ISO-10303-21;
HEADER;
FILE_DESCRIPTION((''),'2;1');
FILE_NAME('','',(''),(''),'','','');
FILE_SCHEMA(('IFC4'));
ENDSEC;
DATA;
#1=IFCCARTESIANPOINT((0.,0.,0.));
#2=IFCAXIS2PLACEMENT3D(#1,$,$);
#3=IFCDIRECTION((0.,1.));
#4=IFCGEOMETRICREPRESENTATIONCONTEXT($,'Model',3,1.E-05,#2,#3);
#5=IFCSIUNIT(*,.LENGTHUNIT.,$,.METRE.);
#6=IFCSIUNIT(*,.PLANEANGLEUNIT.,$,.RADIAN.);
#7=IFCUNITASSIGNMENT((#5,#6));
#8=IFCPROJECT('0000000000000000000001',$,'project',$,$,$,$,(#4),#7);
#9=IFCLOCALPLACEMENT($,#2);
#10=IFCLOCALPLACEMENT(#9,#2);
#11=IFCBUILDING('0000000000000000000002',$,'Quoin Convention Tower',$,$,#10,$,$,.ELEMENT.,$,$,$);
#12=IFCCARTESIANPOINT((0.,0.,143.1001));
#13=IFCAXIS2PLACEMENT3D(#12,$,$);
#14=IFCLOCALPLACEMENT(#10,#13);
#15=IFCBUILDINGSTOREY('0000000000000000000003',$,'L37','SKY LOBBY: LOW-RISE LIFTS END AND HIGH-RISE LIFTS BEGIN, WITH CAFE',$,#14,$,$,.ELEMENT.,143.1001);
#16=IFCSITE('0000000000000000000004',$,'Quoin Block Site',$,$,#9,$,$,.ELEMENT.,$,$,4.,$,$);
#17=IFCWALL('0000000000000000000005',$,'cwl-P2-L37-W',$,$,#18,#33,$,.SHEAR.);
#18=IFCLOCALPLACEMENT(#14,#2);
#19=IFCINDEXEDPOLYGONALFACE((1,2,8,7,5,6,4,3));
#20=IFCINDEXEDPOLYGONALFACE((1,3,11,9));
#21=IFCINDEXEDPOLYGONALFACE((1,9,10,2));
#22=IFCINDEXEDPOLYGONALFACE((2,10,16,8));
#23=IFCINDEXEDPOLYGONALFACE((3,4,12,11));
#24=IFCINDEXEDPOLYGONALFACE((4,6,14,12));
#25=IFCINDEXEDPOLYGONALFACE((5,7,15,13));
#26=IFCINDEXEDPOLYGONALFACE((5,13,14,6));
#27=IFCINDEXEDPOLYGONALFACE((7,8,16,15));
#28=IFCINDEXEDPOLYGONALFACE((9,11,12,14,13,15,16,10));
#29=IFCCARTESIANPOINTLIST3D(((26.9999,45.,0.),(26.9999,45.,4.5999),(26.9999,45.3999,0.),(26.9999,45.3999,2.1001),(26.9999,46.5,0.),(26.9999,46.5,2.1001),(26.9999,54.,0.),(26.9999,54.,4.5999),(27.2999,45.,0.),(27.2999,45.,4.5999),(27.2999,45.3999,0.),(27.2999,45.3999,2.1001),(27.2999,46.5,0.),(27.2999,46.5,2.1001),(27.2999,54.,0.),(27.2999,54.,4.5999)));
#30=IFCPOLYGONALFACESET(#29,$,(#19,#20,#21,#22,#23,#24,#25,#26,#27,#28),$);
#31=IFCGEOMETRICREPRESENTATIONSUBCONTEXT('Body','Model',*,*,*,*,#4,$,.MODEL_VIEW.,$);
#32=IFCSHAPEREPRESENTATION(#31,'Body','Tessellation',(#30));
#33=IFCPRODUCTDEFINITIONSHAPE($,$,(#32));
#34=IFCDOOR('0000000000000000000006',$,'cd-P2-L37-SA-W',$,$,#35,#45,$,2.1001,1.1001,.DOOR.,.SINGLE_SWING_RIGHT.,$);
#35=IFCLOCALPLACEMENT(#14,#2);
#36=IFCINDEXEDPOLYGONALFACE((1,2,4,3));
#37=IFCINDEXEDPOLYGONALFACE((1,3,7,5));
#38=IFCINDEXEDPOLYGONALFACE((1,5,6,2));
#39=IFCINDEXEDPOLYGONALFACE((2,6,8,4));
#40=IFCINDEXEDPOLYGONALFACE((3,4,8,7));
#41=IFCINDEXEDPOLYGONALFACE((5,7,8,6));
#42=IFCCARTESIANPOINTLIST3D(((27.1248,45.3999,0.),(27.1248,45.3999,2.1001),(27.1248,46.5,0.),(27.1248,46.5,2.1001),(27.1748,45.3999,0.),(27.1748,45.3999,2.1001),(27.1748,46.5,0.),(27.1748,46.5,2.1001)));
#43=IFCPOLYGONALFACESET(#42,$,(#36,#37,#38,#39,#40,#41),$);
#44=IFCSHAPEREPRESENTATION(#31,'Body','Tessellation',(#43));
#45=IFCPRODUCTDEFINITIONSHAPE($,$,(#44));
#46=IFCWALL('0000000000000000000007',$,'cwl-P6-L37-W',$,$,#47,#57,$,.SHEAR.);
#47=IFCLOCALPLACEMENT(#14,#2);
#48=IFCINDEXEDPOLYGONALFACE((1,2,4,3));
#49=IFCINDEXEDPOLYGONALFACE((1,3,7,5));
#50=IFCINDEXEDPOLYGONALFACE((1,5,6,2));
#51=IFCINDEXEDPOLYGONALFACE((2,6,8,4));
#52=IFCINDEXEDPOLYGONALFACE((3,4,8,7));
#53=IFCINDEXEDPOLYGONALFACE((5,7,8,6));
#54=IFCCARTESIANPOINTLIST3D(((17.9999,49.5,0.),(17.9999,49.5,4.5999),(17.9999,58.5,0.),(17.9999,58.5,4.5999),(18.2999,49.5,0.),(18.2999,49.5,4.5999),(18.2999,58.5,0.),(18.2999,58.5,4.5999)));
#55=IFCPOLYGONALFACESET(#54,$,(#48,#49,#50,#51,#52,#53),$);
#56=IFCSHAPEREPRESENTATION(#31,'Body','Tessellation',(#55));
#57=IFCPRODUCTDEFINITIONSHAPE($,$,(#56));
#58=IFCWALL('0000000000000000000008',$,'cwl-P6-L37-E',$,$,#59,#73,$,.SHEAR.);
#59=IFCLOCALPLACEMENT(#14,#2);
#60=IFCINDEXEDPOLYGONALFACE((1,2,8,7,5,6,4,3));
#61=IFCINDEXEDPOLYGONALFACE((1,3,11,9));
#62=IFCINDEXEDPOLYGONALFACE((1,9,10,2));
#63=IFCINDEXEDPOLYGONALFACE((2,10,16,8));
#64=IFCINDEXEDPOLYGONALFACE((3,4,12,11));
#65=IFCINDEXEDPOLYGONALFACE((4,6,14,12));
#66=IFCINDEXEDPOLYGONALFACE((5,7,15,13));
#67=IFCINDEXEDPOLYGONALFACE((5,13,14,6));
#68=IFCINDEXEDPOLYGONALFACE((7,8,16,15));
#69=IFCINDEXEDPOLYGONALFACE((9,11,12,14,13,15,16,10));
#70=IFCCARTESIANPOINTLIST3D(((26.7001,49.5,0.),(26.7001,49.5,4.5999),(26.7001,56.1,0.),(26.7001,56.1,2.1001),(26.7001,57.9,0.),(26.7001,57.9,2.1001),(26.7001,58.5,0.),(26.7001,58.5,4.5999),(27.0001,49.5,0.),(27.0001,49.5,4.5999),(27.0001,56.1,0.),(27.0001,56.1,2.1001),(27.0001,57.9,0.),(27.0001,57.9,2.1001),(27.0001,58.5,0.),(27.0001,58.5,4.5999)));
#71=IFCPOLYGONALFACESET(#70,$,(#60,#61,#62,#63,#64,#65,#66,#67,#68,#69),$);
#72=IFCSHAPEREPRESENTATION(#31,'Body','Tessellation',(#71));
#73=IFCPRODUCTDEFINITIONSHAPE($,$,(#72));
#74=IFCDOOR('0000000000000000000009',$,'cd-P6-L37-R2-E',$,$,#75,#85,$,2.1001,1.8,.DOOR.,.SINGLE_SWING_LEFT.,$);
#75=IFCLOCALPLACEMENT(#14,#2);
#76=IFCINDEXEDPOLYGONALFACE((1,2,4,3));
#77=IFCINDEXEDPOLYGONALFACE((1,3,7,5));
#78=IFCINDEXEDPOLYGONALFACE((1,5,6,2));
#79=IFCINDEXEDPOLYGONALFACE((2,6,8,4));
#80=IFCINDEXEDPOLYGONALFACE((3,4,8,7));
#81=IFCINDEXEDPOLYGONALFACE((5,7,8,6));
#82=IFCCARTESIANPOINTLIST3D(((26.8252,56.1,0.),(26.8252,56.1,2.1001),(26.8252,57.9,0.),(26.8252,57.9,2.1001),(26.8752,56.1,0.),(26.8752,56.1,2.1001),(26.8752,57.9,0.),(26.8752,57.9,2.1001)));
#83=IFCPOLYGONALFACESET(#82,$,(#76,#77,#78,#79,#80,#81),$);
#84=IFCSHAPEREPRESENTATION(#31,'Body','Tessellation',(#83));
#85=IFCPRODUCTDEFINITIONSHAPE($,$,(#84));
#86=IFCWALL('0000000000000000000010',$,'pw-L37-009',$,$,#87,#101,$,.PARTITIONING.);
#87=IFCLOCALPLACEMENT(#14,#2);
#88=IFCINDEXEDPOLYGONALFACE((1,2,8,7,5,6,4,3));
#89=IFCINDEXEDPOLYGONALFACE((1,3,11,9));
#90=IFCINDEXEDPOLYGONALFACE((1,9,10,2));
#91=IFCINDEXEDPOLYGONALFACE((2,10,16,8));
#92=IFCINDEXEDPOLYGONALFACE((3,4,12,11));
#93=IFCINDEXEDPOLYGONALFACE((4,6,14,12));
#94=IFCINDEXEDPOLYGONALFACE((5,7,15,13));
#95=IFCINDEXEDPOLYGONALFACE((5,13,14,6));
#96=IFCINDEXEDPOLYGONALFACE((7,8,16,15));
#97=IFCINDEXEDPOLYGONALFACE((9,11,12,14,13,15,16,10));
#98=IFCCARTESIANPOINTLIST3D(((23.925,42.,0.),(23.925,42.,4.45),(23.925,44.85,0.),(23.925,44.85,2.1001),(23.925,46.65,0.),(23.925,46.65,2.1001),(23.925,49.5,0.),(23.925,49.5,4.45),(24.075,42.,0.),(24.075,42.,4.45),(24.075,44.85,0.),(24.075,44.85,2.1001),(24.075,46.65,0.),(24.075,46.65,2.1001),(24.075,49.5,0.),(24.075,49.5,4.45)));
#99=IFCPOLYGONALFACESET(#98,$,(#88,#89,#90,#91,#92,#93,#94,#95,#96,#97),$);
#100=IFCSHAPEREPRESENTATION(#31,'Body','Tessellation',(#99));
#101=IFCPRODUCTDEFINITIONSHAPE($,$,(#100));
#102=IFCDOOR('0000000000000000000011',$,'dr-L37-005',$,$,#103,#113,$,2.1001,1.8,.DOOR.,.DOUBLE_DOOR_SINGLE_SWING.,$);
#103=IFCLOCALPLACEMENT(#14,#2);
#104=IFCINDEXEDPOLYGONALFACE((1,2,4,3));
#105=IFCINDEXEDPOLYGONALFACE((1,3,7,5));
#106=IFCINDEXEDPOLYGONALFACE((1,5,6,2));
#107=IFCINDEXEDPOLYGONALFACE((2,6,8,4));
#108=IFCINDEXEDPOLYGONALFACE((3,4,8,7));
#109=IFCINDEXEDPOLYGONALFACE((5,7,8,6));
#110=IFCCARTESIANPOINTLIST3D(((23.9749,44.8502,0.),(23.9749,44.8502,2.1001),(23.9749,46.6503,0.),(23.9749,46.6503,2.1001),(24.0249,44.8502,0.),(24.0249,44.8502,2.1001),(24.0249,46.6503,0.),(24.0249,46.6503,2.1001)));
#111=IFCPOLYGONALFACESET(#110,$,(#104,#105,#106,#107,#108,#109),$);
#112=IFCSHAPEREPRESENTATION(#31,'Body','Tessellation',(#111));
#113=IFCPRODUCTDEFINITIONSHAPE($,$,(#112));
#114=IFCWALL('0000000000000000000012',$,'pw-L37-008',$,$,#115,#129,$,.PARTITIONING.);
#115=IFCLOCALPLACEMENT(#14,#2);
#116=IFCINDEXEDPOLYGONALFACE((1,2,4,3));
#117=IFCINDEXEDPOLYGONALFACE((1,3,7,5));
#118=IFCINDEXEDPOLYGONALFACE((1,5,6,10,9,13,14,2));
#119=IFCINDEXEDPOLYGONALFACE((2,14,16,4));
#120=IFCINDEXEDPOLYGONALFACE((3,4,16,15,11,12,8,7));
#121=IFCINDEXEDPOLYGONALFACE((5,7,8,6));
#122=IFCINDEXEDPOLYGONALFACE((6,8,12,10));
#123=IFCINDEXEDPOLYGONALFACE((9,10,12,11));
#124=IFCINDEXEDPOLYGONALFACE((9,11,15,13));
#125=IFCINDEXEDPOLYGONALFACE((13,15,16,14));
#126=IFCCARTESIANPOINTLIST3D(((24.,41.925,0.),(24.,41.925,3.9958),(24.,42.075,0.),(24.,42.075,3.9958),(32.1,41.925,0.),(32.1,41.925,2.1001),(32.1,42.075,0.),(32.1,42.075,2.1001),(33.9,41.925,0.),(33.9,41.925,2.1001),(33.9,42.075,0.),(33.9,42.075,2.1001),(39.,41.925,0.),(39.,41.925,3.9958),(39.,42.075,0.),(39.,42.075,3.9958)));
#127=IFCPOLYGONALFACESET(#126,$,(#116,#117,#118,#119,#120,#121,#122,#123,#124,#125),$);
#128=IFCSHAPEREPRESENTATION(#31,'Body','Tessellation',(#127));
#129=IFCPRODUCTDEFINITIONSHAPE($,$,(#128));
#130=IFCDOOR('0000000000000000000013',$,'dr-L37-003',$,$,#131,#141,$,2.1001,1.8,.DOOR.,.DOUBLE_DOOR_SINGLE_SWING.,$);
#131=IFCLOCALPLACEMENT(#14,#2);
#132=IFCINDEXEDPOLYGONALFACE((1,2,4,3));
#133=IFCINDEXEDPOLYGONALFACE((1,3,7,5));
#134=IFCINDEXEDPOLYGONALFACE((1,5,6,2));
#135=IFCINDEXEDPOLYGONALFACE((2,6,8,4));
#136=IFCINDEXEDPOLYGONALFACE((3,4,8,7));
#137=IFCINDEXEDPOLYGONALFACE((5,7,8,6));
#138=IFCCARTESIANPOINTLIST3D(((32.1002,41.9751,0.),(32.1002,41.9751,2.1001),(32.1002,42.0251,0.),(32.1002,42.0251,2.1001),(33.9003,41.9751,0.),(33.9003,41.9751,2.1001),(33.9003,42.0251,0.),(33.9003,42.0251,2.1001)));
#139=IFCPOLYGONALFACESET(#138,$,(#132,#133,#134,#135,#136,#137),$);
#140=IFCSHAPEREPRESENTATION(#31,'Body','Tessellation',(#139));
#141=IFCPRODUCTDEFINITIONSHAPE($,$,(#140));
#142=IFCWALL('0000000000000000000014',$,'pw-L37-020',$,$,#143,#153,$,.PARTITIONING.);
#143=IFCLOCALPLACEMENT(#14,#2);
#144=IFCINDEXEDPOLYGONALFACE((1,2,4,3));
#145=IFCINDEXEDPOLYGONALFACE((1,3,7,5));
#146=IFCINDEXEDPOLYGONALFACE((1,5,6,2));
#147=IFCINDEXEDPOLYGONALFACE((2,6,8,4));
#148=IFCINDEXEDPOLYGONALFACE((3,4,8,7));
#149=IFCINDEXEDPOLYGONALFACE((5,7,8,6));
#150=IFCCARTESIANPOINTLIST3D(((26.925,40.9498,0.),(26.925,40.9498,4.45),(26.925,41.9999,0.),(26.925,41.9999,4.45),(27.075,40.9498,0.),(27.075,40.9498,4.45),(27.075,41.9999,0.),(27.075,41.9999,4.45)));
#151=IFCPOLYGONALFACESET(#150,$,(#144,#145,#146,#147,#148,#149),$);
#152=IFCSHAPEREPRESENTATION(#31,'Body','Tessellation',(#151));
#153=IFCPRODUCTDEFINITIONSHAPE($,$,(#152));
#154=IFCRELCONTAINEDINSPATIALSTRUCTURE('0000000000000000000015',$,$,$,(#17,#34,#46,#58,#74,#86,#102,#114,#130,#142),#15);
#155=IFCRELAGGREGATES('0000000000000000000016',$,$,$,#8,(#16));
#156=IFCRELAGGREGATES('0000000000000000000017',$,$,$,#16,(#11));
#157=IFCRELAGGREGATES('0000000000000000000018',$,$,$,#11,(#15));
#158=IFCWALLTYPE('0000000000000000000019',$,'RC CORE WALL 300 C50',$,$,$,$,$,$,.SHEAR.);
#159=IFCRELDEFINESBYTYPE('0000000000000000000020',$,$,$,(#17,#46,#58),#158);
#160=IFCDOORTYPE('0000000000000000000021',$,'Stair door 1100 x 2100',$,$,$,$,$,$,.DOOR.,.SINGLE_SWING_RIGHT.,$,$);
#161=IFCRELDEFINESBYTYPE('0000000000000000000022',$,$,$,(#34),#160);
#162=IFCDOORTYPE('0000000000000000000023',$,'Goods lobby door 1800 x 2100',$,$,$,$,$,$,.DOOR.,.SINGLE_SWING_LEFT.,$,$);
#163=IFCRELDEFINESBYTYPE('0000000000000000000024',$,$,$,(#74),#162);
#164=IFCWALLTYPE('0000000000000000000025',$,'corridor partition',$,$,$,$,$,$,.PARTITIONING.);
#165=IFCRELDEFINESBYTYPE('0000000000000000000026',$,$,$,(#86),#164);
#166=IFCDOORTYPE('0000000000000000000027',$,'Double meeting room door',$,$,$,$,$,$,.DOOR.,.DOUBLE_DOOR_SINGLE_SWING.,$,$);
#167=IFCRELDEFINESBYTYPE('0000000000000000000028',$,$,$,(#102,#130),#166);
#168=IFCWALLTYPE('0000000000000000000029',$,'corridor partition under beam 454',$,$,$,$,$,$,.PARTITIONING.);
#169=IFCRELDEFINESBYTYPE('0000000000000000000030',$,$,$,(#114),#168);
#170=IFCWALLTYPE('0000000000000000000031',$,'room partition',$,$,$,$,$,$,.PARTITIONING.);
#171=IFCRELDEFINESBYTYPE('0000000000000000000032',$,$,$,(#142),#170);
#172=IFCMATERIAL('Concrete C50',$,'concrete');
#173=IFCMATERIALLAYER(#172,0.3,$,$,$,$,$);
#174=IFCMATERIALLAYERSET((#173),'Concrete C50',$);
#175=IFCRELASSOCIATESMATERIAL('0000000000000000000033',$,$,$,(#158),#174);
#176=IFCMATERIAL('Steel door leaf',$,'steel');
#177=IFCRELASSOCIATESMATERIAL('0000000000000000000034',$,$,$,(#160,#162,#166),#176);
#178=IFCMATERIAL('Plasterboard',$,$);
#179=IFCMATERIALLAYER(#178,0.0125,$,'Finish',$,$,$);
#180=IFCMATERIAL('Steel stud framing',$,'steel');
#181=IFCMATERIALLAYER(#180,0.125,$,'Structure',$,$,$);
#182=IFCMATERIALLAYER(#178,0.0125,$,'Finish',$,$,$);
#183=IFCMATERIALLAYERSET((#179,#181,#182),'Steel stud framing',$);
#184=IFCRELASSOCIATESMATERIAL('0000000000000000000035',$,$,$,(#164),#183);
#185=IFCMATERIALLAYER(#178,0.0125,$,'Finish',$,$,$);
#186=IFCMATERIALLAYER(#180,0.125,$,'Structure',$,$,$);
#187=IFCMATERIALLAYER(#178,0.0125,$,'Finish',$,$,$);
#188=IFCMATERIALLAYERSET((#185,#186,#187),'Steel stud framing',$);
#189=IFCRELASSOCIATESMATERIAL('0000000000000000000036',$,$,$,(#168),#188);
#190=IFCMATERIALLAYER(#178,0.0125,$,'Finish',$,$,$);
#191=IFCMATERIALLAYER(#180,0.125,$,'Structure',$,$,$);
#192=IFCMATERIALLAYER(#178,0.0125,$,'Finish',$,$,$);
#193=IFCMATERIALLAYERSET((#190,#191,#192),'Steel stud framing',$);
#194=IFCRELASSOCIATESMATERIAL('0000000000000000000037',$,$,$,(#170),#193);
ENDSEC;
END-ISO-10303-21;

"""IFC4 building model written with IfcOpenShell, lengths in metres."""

from ifc_helpers import new_model, si_unit, direction, frame, frame_2d, origin, place, context, subcontext, project, spatial, rectangle, extrude, material, layer, layer_set, type_object, element, fill, save


model = new_model("IFC4")

# Units and contexts
model_context = context("Model", 3, precision=1e-05, world=origin(), true_north=direction((0.0, 1.0)))
body_context = subcontext(model_context, "Body", "Model", "MODEL_VIEW")
ifc_project = project(units=[si_unit("LENGTHUNIT", "METRE"), si_unit("PLANEANGLEUNIT", "RADIAN")], contexts=[model_context])

# Site, building, storey
site_placement = place(None, origin())
site = spatial("IfcSite", under=ifc_project, at=site_placement, Name="Quoin Block Site", CompositionType="ELEMENT", RefElevation=4.0)
building_placement = place(site_placement, origin())
building = spatial("IfcBuilding", under=site, at=building_placement, Name="Quoin Convention Tower", CompositionType="ELEMENT")
storey_placement = place(building_placement, frame((0.0, 0.0, 143.1001)))
storey = spatial("IfcBuildingStorey", under=building, at=storey_placement, Name="L37", Description="SKY LOBBY: LOW-RISE LIFTS END AND HIGH-RISE LIFTS BEGIN, WITH CAFE", CompositionType="ELEMENT", Elevation=143.1001)

# Shared definitions
ifc_material_1 = material(Name="Concrete C50", Category="concrete")

# Wall, opening, door
ifc_layer_1 = layer(ifc_material_1, 0.3)
ifc_layer_set_1 = layer_set([ifc_layer_1], Name="Concrete C50")
wall_type_1 = type_object("IfcWallType", Name="RC CORE WALL 300 C50", PredefinedType="SHEAR", material=ifc_layer_set_1)
ifc_material_2 = material(Name="Steel door leaf", Category="steel")
wall_1_placement = place(storey_placement, frame((27.1499, 45.0, 0.0), z_axis=(0.0, 0.0, 1.0), x_axis=(0.0, 1.0, 0.0)))
wall_1 = element("IfcWall", 1, at=wall_1_placement, inside=storey, type_object=wall_type_1, Name="cwl-P2-L37-W", PredefinedType="SHEAR", context=body_context, shape_type="SweptSolid", body=[
    extrude(rectangle(XDim=9.0, YDim=0.3, at=frame_2d((4.5, 0.0))), origin(), (0.0, 0.0, 1.0), 4.5999),
])
opening_1_placement = place(wall_1_placement, frame((0.3999, 0.0, 0.0)))
opening_1 = element("IfcOpeningElement", 2, at=opening_1_placement, cuts=wall_1, PredefinedType="OPENING", context=body_context, shape_type="SweptSolid", body=[
    extrude(rectangle(XDim=1.1001, YDim=2.1001, at=frame_2d((0.55, 1.05))), frame((0.0, 0.1599, 0.0), z_axis=(0.0, -1.0, 0.0), x_axis=(1.0, 0.0, 0.0)), (0.0, 0.0, 1.0), 0.3201),
])
door_type_1 = type_object("IfcDoorType", Name="Stair door 1100 x 2100", OperationType="SINGLE_SWING_RIGHT", PredefinedType="DOOR", material=ifc_material_2)
door_1_placement = place(opening_1_placement, frame((1.1001, 0.0, 0.0), z_axis=(0.0, 0.0, 1.0), x_axis=(-1.0, 0.0, 0.0)))
door_1 = element("IfcDoor", 3, at=door_1_placement, inside=storey, type_object=door_type_1, Name="cd-P2-L37-SA-W", OperationType="SINGLE_SWING_RIGHT", OverallHeight=2.1001, OverallWidth=1.1001, PredefinedType="DOOR", context=body_context, shape_type="SweptSolid", body=[
    extrude(rectangle(XDim=1.1001, YDim=2.1001, at=frame_2d((0.55, 1.05))), frame((0.0, 0.0249, 0.0), z_axis=(0.0, -1.0, 0.0), x_axis=(1.0, 0.0, 0.0)), (0.0, 0.0, 1.0), 0.05),
])
fill(opening_1, door_1)

# Wall
wall_2_placement = place(storey_placement, frame((18.1499, 49.5, 0.0), z_axis=(0.0, 0.0, 1.0), x_axis=(0.0, 1.0, 0.0)))
element("IfcWall", 4, at=wall_2_placement, inside=storey, type_object=wall_type_1, Name="cwl-P6-L37-W", PredefinedType="SHEAR", context=body_context, shape_type="SweptSolid", body=[
    extrude(rectangle(XDim=9.0, YDim=0.3, at=frame_2d((4.5, 0.0))), origin(), (0.0, 0.0, 1.0), 4.5999),
])

# Walls, openings, doors
wall_3_placement = place(storey_placement, frame((26.8501, 49.5, 0.0), z_axis=(0.0, 0.0, 1.0), x_axis=(0.0, 1.0, 0.0)))
wall_3 = element("IfcWall", 5, at=wall_3_placement, inside=storey, type_object=wall_type_1, Name="cwl-P6-L37-E", PredefinedType="SHEAR", context=body_context, shape_type="SweptSolid", body=[
    extrude(rectangle(XDim=9.0, YDim=0.3, at=frame_2d((4.5, 0.0))), origin(), (0.0, 0.0, 1.0), 4.5999),
])
opening_2_placement = place(wall_3_placement, frame((6.6001, 0.0, 0.0)))
opening_2 = element("IfcOpeningElement", 6, at=opening_2_placement, cuts=wall_3, PredefinedType="OPENING", context=body_context, shape_type="SweptSolid", body=[
    extrude(rectangle(XDim=1.8, YDim=2.1001, at=frame_2d((0.8999, 1.05))), frame((0.0, 0.1599, 0.0), z_axis=(0.0, -1.0, 0.0), x_axis=(1.0, 0.0, 0.0)), (0.0, 0.0, 1.0), 0.3201),
])
door_type_2 = type_object("IfcDoorType", Name="Goods lobby door 1800 x 2100", OperationType="SINGLE_SWING_LEFT", PredefinedType="DOOR", material=ifc_material_2)
door_2_placement = place(opening_2_placement, origin())
door_2 = element("IfcDoor", 7, at=door_2_placement, inside=storey, type_object=door_type_2, Name="cd-P6-L37-R2-E", OperationType="SINGLE_SWING_LEFT", OverallHeight=2.1001, OverallWidth=1.8, PredefinedType="DOOR", context=body_context, shape_type="SweptSolid", body=[
    extrude(rectangle(XDim=1.8, YDim=2.1001, at=frame_2d((0.8999, 1.05))), frame((0.0, 0.0249, 0.0), z_axis=(0.0, -1.0, 0.0), x_axis=(1.0, 0.0, 0.0)), (0.0, 0.0, 1.0), 0.05),
])
fill(opening_2, door_2)
ifc_material_3 = material(Name="Plasterboard")
ifc_layer_2 = layer(ifc_material_3, 0.0125, Name="Finish")
ifc_material_4 = material(Name="Steel stud framing", Category="steel")
ifc_layer_3 = layer(ifc_material_4, 0.125, Name="Structure")
ifc_layer_4 = layer(ifc_material_3, 0.0125, Name="Finish")
ifc_layer_set_2 = layer_set([ifc_layer_2, ifc_layer_3, ifc_layer_4], Name="Steel stud framing")
wall_type_2 = type_object("IfcWallType", Name="corridor partition", PredefinedType="PARTITIONING", material=ifc_layer_set_2)
wall_4_placement = place(storey_placement, frame((24.0, 42.0, 0.0), z_axis=(0.0, 0.0, 1.0), x_axis=(0.0, 1.0, 0.0)))
wall_4 = element("IfcWall", 8, at=wall_4_placement, inside=storey, type_object=wall_type_2, Name="pw-L37-009", PredefinedType="PARTITIONING", context=body_context, shape_type="SweptSolid", body=[
    extrude(rectangle(XDim=7.5, YDim=0.1499, at=frame_2d((3.75, 0.0))), origin(), (0.0, 0.0, 1.0), 4.45),
])
opening_3_placement = place(wall_4_placement, frame((2.8501, 0.0, 0.0)))
opening_3 = element("IfcOpeningElement", 9, at=opening_3_placement, cuts=wall_4, PredefinedType="OPENING", context=body_context, shape_type="SweptSolid", body=[
    extrude(rectangle(XDim=1.8, YDim=2.1001, at=frame_2d((0.8999, 1.05))), frame((0.0, 0.085, 0.0), z_axis=(0.0, -1.0, 0.0), x_axis=(1.0, 0.0, 0.0)), (0.0, 0.0, 1.0), 0.1699),
])
door_type_3 = type_object("IfcDoorType", Name="Double meeting room door", OperationType="DOUBLE_DOOR_SINGLE_SWING", PredefinedType="DOOR", material=ifc_material_2)
door_3_placement = place(opening_3_placement, frame((1.8, 0.0, 0.0), z_axis=(0.0, 0.0, 1.0), x_axis=(-1.0, 0.0, 0.0)))
door_3 = element("IfcDoor", 10, at=door_3_placement, inside=storey, type_object=door_type_3, Name="dr-L37-005", OperationType="DOUBLE_DOOR_SINGLE_SWING", OverallHeight=2.1001, OverallWidth=1.8, PredefinedType="DOOR", context=body_context, shape_type="SweptSolid", body=[
    extrude(rectangle(XDim=1.8, YDim=2.1001, at=frame_2d((0.8999, 1.05))), frame((0.0, 0.0249, 0.0), z_axis=(0.0, -1.0, 0.0), x_axis=(1.0, 0.0, 0.0)), (0.0, 0.0, 1.0), 0.05),
])
fill(opening_3, door_3)
ifc_layer_5 = layer(ifc_material_3, 0.0125, Name="Finish")
ifc_layer_6 = layer(ifc_material_4, 0.125, Name="Structure")
ifc_layer_7 = layer(ifc_material_3, 0.0125, Name="Finish")
ifc_layer_set_3 = layer_set([ifc_layer_5, ifc_layer_6, ifc_layer_7], Name="Steel stud framing")
wall_type_3 = type_object("IfcWallType", Name="corridor partition under beam 454", PredefinedType="PARTITIONING", material=ifc_layer_set_3)
wall_5_placement = place(storey_placement, frame((24.0, 42.0, 0.0), z_axis=(0.0, 0.0, 1.0), x_axis=(1.0, 0.0, 0.0)))
wall_5 = element("IfcWall", 11, at=wall_5_placement, inside=storey, type_object=wall_type_3, Name="pw-L37-008", PredefinedType="PARTITIONING", context=body_context, shape_type="SweptSolid", body=[
    extrude(rectangle(XDim=15.0, YDim=0.1499, at=frame_2d((7.5, 0.0))), origin(), (0.0, 0.0, 1.0), 3.9958),
])
opening_4_placement = place(wall_5_placement, frame((8.1001, 0.0, 0.0)))
opening_4 = element("IfcOpeningElement", 12, at=opening_4_placement, cuts=wall_5, PredefinedType="OPENING", context=body_context, shape_type="SweptSolid", body=[
    extrude(rectangle(XDim=1.8, YDim=2.1001, at=frame_2d((0.8999, 1.05))), frame((0.0, 0.085, 0.0), z_axis=(0.0, -1.0, 0.0), x_axis=(1.0, 0.0, 0.0)), (0.0, 0.0, 1.0), 0.1699),
])
door_4_placement = place(opening_4_placement, frame((1.8, 0.0, 0.0), z_axis=(0.0, 0.0, 1.0), x_axis=(-1.0, 0.0, 0.0)))
door_4 = element("IfcDoor", 13, at=door_4_placement, inside=storey, type_object=door_type_3, Name="dr-L37-003", OperationType="DOUBLE_DOOR_SINGLE_SWING", OverallHeight=2.1001, OverallWidth=1.8, PredefinedType="DOOR", context=body_context, shape_type="SweptSolid", body=[
    extrude(rectangle(XDim=1.8, YDim=2.1001, at=frame_2d((0.8999, 1.05))), frame((0.0, 0.0249, 0.0), z_axis=(0.0, -1.0, 0.0), x_axis=(1.0, 0.0, 0.0)), (0.0, 0.0, 1.0), 0.05),
])
fill(opening_4, door_4)

# Wall
ifc_layer_8 = layer(ifc_material_3, 0.0125, Name="Finish")
ifc_layer_9 = layer(ifc_material_4, 0.125, Name="Structure")
ifc_layer_10 = layer(ifc_material_3, 0.0125, Name="Finish")
ifc_layer_set_4 = layer_set([ifc_layer_8, ifc_layer_9, ifc_layer_10], Name="Steel stud framing")
wall_type_4 = type_object("IfcWallType", Name="room partition", PredefinedType="PARTITIONING", material=ifc_layer_set_4)
wall_6_placement = place(storey_placement, frame((27.0, 40.95, 0.0), z_axis=(0.0, 0.0, 1.0), x_axis=(0.0, 1.0, 0.0)))
element("IfcWall", 14, at=wall_6_placement, inside=storey, type_object=wall_type_4, Name="pw-L37-020", PredefinedType="PARTITIONING", context=body_context, shape_type="SweptSolid", body=[
    extrude(rectangle(XDim=1.05, YDim=0.1499, at=frame_2d((0.5249, 0.0))), origin(), (0.0, 0.0, 1.0), 4.45),
])

save(model, "model.ifc")
